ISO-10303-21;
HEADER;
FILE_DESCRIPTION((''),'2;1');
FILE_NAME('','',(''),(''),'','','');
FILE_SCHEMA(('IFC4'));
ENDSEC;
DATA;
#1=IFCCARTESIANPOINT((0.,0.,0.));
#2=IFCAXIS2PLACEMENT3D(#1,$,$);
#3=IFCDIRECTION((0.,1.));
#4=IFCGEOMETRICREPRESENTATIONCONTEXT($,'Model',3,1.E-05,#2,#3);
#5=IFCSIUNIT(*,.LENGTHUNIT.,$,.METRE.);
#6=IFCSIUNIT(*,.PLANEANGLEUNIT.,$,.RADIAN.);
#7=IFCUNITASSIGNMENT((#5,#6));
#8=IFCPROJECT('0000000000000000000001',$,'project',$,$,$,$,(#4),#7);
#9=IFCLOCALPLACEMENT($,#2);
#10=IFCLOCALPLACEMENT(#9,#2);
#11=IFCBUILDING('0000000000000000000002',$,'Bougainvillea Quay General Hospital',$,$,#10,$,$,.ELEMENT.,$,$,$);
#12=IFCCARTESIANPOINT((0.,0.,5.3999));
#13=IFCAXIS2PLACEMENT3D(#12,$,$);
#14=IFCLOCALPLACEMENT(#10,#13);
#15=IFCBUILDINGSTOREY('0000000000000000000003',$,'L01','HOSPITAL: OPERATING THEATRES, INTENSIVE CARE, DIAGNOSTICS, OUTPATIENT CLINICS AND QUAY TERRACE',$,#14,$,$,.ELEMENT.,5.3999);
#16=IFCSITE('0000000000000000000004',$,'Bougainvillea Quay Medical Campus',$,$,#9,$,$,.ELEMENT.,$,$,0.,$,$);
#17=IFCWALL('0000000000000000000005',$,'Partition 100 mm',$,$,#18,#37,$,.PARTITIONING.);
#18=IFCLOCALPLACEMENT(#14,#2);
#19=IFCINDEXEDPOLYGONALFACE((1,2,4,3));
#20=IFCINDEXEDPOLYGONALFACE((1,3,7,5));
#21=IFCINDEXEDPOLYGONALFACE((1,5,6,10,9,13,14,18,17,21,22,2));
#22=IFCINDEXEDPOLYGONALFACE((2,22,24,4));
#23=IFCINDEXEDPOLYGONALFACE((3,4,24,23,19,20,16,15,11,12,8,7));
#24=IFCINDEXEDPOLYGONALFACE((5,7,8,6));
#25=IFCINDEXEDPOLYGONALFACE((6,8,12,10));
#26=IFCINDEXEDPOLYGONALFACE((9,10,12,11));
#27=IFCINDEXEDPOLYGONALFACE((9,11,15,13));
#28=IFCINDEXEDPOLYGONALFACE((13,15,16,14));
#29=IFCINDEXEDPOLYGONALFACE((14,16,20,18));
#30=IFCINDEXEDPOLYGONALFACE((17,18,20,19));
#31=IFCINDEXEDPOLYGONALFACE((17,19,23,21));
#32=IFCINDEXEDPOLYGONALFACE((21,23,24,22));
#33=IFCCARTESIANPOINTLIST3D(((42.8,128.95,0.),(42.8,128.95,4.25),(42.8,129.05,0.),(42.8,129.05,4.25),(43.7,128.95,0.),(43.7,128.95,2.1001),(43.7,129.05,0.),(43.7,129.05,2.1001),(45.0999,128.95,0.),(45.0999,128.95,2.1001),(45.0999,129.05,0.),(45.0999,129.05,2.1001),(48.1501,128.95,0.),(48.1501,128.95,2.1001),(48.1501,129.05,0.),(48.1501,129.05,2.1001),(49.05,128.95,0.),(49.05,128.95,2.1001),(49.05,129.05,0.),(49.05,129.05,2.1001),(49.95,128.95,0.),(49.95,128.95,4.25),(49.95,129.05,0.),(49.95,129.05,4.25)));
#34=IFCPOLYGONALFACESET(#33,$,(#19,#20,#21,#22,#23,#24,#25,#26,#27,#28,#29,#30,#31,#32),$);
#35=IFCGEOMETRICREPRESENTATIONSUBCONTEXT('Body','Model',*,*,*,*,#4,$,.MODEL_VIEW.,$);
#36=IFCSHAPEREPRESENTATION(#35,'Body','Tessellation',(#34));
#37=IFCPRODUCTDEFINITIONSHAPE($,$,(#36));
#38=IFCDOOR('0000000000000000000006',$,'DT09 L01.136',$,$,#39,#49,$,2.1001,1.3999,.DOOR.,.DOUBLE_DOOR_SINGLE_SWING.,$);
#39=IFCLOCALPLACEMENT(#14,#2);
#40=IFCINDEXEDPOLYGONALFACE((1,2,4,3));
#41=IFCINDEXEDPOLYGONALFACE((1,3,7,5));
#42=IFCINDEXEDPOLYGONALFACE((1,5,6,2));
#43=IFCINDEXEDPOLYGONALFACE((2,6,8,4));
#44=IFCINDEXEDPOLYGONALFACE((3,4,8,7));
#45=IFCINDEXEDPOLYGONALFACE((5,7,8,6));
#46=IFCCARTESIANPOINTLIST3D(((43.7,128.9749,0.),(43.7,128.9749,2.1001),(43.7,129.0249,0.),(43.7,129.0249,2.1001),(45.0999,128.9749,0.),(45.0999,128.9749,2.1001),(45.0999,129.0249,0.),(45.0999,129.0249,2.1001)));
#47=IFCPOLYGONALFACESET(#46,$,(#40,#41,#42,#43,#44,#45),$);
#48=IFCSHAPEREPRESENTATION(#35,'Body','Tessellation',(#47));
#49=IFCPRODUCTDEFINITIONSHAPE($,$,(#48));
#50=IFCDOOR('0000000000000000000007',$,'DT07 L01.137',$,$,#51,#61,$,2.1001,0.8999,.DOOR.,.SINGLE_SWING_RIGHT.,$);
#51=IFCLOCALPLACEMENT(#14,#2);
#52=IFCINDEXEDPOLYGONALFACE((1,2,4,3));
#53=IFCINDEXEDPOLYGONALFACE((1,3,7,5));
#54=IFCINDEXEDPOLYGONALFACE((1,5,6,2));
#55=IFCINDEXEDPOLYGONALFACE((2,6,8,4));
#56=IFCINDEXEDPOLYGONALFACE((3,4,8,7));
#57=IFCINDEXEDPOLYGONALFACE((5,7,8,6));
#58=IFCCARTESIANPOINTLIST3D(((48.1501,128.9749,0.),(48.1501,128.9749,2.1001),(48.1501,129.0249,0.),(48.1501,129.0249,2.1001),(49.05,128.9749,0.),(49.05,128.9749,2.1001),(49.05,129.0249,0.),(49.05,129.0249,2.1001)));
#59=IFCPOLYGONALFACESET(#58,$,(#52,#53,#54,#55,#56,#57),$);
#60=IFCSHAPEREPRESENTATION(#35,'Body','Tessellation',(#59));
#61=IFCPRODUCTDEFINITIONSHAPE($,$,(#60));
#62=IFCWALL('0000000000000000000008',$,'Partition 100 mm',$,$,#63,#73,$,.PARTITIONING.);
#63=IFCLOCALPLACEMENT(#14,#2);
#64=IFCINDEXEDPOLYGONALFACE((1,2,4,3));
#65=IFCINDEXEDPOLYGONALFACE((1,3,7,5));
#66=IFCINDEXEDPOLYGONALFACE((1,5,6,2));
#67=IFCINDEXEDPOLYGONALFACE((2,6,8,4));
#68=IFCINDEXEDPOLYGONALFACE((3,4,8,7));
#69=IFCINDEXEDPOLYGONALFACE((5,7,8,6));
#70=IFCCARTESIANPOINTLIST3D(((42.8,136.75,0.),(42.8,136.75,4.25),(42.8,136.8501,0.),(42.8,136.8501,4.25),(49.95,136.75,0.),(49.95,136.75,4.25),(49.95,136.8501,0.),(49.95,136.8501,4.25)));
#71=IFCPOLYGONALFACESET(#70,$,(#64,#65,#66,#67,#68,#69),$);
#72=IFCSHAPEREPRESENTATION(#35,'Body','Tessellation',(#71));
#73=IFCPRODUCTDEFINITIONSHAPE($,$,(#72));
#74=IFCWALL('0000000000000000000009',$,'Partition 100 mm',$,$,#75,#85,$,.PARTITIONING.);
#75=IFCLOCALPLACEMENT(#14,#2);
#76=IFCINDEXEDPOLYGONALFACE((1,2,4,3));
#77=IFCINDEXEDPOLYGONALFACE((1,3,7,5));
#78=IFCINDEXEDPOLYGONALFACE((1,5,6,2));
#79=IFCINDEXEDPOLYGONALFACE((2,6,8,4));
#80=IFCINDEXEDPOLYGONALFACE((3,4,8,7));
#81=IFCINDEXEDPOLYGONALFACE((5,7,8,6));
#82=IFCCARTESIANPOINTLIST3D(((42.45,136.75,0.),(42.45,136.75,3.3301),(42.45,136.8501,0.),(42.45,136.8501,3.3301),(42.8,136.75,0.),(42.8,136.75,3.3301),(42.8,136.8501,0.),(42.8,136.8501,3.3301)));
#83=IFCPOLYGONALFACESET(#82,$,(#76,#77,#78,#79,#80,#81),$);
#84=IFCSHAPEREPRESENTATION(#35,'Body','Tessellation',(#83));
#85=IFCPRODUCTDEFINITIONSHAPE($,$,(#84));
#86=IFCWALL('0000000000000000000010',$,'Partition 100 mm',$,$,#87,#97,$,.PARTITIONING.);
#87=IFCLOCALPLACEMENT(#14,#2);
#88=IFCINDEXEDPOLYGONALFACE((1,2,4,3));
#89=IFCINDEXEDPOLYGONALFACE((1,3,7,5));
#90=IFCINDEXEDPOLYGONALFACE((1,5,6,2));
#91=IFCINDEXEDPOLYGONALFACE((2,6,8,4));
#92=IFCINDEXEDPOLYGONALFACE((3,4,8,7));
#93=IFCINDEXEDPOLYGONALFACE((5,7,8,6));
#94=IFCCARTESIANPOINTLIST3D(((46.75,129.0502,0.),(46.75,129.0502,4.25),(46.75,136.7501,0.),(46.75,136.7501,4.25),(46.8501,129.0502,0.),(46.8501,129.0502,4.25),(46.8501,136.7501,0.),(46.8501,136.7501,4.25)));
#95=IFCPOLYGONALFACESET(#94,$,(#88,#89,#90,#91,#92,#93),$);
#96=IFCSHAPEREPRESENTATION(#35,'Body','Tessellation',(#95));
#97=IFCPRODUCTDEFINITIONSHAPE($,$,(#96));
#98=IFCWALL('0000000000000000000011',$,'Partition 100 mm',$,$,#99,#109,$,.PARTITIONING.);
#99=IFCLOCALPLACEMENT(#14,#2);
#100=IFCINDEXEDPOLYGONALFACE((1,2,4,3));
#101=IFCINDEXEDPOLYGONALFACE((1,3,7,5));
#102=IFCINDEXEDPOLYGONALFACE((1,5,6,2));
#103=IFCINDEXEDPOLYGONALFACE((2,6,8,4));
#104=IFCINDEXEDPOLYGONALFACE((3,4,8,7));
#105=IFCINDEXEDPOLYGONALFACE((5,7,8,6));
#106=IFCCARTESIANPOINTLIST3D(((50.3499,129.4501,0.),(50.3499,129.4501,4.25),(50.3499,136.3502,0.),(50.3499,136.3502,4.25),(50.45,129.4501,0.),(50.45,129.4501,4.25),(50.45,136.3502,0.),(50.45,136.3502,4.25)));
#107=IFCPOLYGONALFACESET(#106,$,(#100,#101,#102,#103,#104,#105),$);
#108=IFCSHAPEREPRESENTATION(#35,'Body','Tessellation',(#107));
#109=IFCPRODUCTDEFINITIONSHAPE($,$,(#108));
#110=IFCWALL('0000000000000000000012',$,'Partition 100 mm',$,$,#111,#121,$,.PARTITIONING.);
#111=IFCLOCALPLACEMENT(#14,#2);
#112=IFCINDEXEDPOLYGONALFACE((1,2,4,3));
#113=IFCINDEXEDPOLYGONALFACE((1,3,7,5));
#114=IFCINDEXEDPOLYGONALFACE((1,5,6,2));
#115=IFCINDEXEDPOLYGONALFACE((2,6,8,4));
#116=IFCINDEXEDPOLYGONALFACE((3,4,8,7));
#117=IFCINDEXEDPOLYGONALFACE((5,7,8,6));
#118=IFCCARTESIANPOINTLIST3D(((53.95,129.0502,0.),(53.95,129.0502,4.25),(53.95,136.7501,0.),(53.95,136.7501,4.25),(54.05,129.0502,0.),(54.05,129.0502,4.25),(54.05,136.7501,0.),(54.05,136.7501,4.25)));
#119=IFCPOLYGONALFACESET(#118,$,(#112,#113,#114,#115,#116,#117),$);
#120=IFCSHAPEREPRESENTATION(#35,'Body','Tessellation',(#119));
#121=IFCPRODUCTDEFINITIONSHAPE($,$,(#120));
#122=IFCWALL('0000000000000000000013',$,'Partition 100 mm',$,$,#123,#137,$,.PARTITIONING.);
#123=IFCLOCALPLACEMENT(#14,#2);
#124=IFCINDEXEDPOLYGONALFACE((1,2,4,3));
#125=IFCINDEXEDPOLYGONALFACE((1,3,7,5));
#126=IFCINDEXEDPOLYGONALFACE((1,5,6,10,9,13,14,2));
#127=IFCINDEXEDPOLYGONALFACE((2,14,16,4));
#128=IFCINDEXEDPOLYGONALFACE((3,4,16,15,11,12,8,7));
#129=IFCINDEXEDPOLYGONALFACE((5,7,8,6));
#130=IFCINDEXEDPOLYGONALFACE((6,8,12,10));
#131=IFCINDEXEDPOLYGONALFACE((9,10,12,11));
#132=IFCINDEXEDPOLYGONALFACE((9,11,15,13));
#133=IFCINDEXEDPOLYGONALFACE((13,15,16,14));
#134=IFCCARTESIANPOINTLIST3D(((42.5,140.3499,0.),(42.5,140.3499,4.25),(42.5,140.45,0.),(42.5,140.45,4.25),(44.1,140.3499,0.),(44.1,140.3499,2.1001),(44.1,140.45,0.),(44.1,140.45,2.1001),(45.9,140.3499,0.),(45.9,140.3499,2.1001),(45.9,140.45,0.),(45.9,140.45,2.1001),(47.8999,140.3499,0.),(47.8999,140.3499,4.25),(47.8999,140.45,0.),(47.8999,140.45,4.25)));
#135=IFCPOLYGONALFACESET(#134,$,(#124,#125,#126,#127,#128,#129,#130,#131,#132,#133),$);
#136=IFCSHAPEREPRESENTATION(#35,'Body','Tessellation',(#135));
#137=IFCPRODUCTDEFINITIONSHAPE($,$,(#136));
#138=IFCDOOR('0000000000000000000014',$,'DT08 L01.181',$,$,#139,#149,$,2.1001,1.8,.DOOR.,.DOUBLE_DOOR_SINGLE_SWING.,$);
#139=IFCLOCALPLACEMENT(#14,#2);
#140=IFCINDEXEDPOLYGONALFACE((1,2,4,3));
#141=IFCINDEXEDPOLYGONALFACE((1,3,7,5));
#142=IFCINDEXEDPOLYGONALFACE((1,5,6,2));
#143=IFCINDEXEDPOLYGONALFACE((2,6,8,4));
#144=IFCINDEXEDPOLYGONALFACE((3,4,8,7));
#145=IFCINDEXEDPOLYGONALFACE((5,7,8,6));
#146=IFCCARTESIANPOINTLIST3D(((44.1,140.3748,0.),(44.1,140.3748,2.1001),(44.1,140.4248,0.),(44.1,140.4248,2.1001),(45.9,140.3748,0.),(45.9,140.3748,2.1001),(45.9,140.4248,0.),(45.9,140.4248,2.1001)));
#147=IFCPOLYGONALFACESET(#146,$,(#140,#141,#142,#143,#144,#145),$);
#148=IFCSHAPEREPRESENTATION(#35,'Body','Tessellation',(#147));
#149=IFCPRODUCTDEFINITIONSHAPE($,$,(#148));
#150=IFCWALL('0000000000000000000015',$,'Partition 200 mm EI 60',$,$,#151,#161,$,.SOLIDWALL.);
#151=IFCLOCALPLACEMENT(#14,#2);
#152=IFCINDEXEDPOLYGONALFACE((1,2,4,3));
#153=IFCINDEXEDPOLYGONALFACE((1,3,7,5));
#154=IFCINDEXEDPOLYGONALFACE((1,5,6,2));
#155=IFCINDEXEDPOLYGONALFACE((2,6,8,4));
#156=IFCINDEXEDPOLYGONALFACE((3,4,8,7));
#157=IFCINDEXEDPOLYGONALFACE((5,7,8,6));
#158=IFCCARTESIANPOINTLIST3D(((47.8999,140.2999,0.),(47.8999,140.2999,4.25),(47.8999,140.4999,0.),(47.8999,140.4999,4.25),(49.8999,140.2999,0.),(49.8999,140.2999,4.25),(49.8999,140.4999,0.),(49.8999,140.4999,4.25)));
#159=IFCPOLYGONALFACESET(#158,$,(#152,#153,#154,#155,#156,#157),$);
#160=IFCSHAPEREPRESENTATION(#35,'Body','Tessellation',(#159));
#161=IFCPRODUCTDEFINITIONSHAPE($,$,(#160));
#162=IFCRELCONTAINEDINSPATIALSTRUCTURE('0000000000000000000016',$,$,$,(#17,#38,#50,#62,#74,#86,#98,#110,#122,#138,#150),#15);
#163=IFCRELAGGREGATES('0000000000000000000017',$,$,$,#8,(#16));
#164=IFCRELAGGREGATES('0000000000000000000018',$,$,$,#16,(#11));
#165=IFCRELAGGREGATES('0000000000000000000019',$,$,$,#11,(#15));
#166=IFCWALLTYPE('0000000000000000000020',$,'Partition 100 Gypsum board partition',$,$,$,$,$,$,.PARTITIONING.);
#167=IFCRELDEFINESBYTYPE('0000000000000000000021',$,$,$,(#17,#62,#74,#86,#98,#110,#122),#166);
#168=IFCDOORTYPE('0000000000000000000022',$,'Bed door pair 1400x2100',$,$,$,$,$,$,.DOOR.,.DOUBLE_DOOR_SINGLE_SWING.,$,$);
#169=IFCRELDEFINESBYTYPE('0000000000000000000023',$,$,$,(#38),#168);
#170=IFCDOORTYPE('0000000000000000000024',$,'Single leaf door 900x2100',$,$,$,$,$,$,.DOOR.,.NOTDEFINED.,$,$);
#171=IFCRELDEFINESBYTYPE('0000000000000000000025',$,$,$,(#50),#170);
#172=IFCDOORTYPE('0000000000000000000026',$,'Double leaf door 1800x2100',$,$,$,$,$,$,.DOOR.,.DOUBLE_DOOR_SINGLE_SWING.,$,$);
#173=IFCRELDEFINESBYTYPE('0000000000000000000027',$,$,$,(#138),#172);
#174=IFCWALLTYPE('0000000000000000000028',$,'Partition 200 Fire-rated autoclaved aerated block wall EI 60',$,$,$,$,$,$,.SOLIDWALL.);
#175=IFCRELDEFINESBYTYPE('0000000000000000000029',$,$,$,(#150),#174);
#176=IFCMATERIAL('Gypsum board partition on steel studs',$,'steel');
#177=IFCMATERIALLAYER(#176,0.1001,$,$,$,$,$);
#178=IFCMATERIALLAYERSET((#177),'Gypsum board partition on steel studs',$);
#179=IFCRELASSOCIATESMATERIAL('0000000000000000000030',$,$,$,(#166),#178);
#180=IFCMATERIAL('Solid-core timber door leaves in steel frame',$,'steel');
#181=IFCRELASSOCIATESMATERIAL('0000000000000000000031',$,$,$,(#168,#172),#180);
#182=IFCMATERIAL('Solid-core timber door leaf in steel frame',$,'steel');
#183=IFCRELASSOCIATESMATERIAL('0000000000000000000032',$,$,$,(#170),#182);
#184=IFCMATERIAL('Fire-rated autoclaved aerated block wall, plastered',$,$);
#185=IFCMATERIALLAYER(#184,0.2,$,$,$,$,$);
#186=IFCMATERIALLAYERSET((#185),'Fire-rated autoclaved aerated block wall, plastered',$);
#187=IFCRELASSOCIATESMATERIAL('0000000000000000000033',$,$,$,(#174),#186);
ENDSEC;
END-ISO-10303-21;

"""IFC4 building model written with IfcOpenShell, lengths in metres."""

from ifc_helpers import new_model, si_unit, direction, frame, frame_2d, origin, place, context, subcontext, project, spatial, rectangle, extrude, material, layer, layer_set, type_object, element, fill, save


model = new_model("IFC4")

# Units and contexts
model_context = context("Model", 3, precision=1e-05, world=origin(), true_north=direction((0.0, 1.0)))
body_context = subcontext(model_context, "Body", "Model", "MODEL_VIEW")
ifc_project = project(units=[si_unit("LENGTHUNIT", "METRE"), si_unit("PLANEANGLEUNIT", "RADIAN")], contexts=[model_context])

# Site, building, storey
site_placement = place(None, origin())
site = spatial("IfcSite", under=ifc_project, at=site_placement, Name="Bougainvillea Quay Medical Campus", CompositionType="ELEMENT", RefElevation=0.0)
building_placement = place(site_placement, origin())
building = spatial("IfcBuilding", under=site, at=building_placement, Name="Bougainvillea Quay General Hospital", CompositionType="ELEMENT")
storey_placement = place(building_placement, frame((0.0, 0.0, 5.3999)))
storey = spatial("IfcBuildingStorey", under=building, at=storey_placement, Name="L01", Description="HOSPITAL: OPERATING THEATRES, INTENSIVE CARE, DIAGNOSTICS, OUTPATIENT CLINICS AND QUAY TERRACE", CompositionType="ELEMENT", Elevation=5.3999)

# Wall, openings, doors
ifc_material_1 = material(Name="Gypsum board partition on steel studs", Category="steel")
ifc_layer_1 = layer(ifc_material_1, 0.1001)
ifc_layer_set_1 = layer_set([ifc_layer_1], Name="Gypsum board partition on steel studs")
wall_type_1 = type_object("IfcWallType", Name="Partition 100 Gypsum board partition", PredefinedType="PARTITIONING", material=ifc_layer_set_1)
wall_1_placement = place(storey_placement, frame((49.95, 129.0, 0.0), z_axis=(0.0, 0.0, 1.0), x_axis=(-1.0, 0.0, 0.0)))
wall_1 = element("IfcWall", 1, at=wall_1_placement, inside=storey, type_object=wall_type_1, Name="Partition 100 mm", PredefinedType="PARTITIONING", context=body_context, shape_type="SweptSolid", body=[
    extrude(rectangle(XDim=7.1499, YDim=0.1001, at=frame_2d((3.575, 0.0))), origin(), (0.0, 0.0, 1.0), 4.25),
])
opening_1_placement = place(wall_1_placement, frame((4.8501, 0.0, 0.0)))
opening_1 = element("IfcOpeningElement", 2, at=opening_1_placement, cuts=wall_1, PredefinedType="OPENING", context=body_context, shape_type="SweptSolid", body=[
    extrude(rectangle(XDim=1.3999, YDim=2.1001, at=frame_2d((0.7, 1.05))), frame((0.0, 0.0601, 0.0), z_axis=(0.0, -1.0, 0.0), x_axis=(1.0, 0.0, 0.0)), (0.0, 0.0, 1.0), 0.1201),
])
opening_2_placement = place(wall_1_placement, frame((0.8999, 0.0, 0.0)))
opening_2 = element("IfcOpeningElement", 3, at=opening_2_placement, cuts=wall_1, PredefinedType="OPENING", context=body_context, shape_type="SweptSolid", body=[
    extrude(rectangle(XDim=0.8999, YDim=2.1001, at=frame_2d((0.45, 1.05))), frame((0.0, 0.0601, 0.0), z_axis=(0.0, -1.0, 0.0), x_axis=(1.0, 0.0, 0.0)), (0.0, 0.0, 1.0), 0.1201),
])
ifc_material_2 = material(Name="Solid-core timber door leaves in steel frame", Category="steel")
door_type_1 = type_object("IfcDoorType", Name="Bed door pair 1400x2100", OperationType="DOUBLE_DOOR_SINGLE_SWING", PredefinedType="DOOR", material=ifc_material_2)
door_1_placement = place(opening_1_placement, frame((1.3999, 0.0, 0.0), z_axis=(0.0, 0.0, 1.0), x_axis=(-1.0, 0.0, 0.0)))
door_1 = element("IfcDoor", 4, at=door_1_placement, inside=storey, type_object=door_type_1, Name="DT09 L01.136", OperationType="DOUBLE_DOOR_SINGLE_SWING", OverallHeight=2.1001, OverallWidth=1.3999, PredefinedType="DOOR", context=body_context, shape_type="SweptSolid", body=[
    extrude(rectangle(XDim=1.3999, YDim=2.1001, at=frame_2d((0.7, 1.05))), frame((0.0, 0.0249, 0.0), z_axis=(0.0, -1.0, 0.0), x_axis=(1.0, 0.0, 0.0)), (0.0, 0.0, 1.0), 0.05),
])
fill(opening_1, door_1)
ifc_material_3 = material(Name="Solid-core timber door leaf in steel frame", Category="steel")
door_type_2 = type_object("IfcDoorType", Name="Single leaf door 900x2100", OperationType="NOTDEFINED", PredefinedType="DOOR", material=ifc_material_3)
door_2_placement = place(opening_2_placement, frame((0.8999, 0.0, 0.0), z_axis=(0.0, 0.0, 1.0), x_axis=(-1.0, 0.0, 0.0)))
door_2 = element("IfcDoor", 5, at=door_2_placement, inside=storey, type_object=door_type_2, Name="DT07 L01.137", OperationType="SINGLE_SWING_RIGHT", OverallHeight=2.1001, OverallWidth=0.8999, PredefinedType="DOOR", context=body_context, shape_type="SweptSolid", body=[
    extrude(rectangle(XDim=0.8999, YDim=2.1001, at=frame_2d((0.45, 1.05))), frame((0.0, 0.0249, 0.0), z_axis=(0.0, -1.0, 0.0), x_axis=(1.0, 0.0, 0.0)), (0.0, 0.0, 1.0), 0.05),
])
fill(opening_2, door_2)

# Walls
wall_2_placement = place(storey_placement, frame((49.95, 136.8, 0.0), z_axis=(0.0, 0.0, 1.0), x_axis=(-1.0, 0.0, 0.0)))
element("IfcWall", 6, at=wall_2_placement, inside=storey, type_object=wall_type_1, Name="Partition 100 mm", PredefinedType="PARTITIONING", context=body_context, shape_type="SweptSolid", body=[
    extrude(rectangle(XDim=7.1499, YDim=0.1001, at=frame_2d((3.575, 0.0))), origin(), (0.0, 0.0, 1.0), 4.25),
])
wall_3_placement = place(storey_placement, frame((42.8, 136.8, 0.0), z_axis=(0.0, 0.0, 1.0), x_axis=(-1.0, 0.0, 0.0)))
element("IfcWall", 7, at=wall_3_placement, inside=storey, type_object=wall_type_1, Name="Partition 100 mm", PredefinedType="PARTITIONING", context=body_context, shape_type="SweptSolid", body=[
    extrude(rectangle(XDim=0.3501, YDim=0.1001, at=frame_2d((0.175, 0.0))), origin(), (0.0, 0.0, 1.0), 3.3301),
])
wall_4_placement = place(storey_placement, frame((46.8, 129.05, 0.0), z_axis=(0.0, 0.0, 1.0), x_axis=(0.0, 1.0, 0.0)))
element("IfcWall", 8, at=wall_4_placement, inside=storey, type_object=wall_type_1, Name="Partition 100 mm", PredefinedType="PARTITIONING", context=body_context, shape_type="SweptSolid", body=[
    extrude(rectangle(XDim=7.7, YDim=0.1001, at=frame_2d((3.8501, 0.0))), origin(), (0.0, 0.0, 1.0), 4.25),
])
wall_5_placement = place(storey_placement, frame((50.3999, 129.45, 0.0), z_axis=(0.0, 0.0, 1.0), x_axis=(0.0, 1.0, 0.0)))
element("IfcWall", 9, at=wall_5_placement, inside=storey, type_object=wall_type_1, Name="Partition 100 mm", PredefinedType="PARTITIONING", context=body_context, shape_type="SweptSolid", body=[
    extrude(rectangle(XDim=6.9001, YDim=0.1001, at=frame_2d((3.4502, 0.0))), origin(), (0.0, 0.0, 1.0), 4.25),
])
wall_6_placement = place(storey_placement, frame((54.0, 129.05, 0.0), z_axis=(0.0, 0.0, 1.0), x_axis=(0.0, 1.0, 0.0)))
element("IfcWall", 10, at=wall_6_placement, inside=storey, type_object=wall_type_1, Name="Partition 100 mm", PredefinedType="PARTITIONING", context=body_context, shape_type="SweptSolid", body=[
    extrude(rectangle(XDim=7.7, YDim=0.1001, at=frame_2d((3.8501, 0.0))), origin(), (0.0, 0.0, 1.0), 4.25),
])

# Wall, opening, door
wall_7_placement = place(storey_placement, frame((42.5, 140.3999, 0.0), z_axis=(0.0, 0.0, 1.0), x_axis=(1.0, 0.0, 0.0)))
wall_7 = element("IfcWall", 11, at=wall_7_placement, inside=storey, type_object=wall_type_1, Name="Partition 100 mm", PredefinedType="PARTITIONING", context=body_context, shape_type="SweptSolid", body=[
    extrude(rectangle(XDim=5.3999, YDim=0.1001, at=frame_2d((2.7, 0.0))), origin(), (0.0, 0.0, 1.0), 4.25),
])
opening_3_placement = place(wall_7_placement, frame((1.6001, 0.0, 0.0)))
opening_3 = element("IfcOpeningElement", 12, at=opening_3_placement, cuts=wall_7, PredefinedType="OPENING", context=body_context, shape_type="SweptSolid", body=[
    extrude(rectangle(XDim=1.8, YDim=2.1001, at=frame_2d((0.8999, 1.05))), frame((0.0, 0.0601, 0.0), z_axis=(0.0, -1.0, 0.0), x_axis=(1.0, 0.0, 0.0)), (0.0, 0.0, 1.0), 0.1201),
])
door_type_3 = type_object("IfcDoorType", Name="Double leaf door 1800x2100", OperationType="DOUBLE_DOOR_SINGLE_SWING", PredefinedType="DOOR", material=ifc_material_2)
door_3_placement = place(opening_3_placement, origin())
door_3 = element("IfcDoor", 13, at=door_3_placement, inside=storey, type_object=door_type_3, Name="DT08 L01.181", OperationType="DOUBLE_DOOR_SINGLE_SWING", OverallHeight=2.1001, OverallWidth=1.8, PredefinedType="DOOR", context=body_context, shape_type="SweptSolid", body=[
    extrude(rectangle(XDim=1.8, YDim=2.1001, at=frame_2d((0.8999, 1.05))), frame((0.0, 0.0249, 0.0), z_axis=(0.0, -1.0, 0.0), x_axis=(1.0, 0.0, 0.0)), (0.0, 0.0, 1.0), 0.05),
])
fill(opening_3, door_3)

# Wall
ifc_material_4 = material(Name="Fire-rated autoclaved aerated block wall, plastered")
ifc_layer_2 = layer(ifc_material_4, 0.2)
ifc_layer_set_2 = layer_set([ifc_layer_2], Name="Fire-rated autoclaved aerated block wall, plastered")
wall_type_2 = type_object("IfcWallType", Name="Partition 200 Fire-rated autoclaved aerated block wall EI 60", PredefinedType="SOLIDWALL", material=ifc_layer_set_2)
wall_8_placement = place(storey_placement, frame((47.8999, 140.3999, 0.0), z_axis=(0.0, 0.0, 1.0), x_axis=(1.0, 0.0, 0.0)))
element("IfcWall", 14, at=wall_8_placement, inside=storey, type_object=wall_type_2, Name="Partition 200 mm EI 60", PredefinedType="SOLIDWALL", context=body_context, shape_type="SweptSolid", body=[
    extrude(rectangle(XDim=2.0, YDim=0.2, at=frame_2d((1.0, 0.0))), origin(), (0.0, 0.0, 1.0), 4.25),
])

save(model, "model.ifc")
